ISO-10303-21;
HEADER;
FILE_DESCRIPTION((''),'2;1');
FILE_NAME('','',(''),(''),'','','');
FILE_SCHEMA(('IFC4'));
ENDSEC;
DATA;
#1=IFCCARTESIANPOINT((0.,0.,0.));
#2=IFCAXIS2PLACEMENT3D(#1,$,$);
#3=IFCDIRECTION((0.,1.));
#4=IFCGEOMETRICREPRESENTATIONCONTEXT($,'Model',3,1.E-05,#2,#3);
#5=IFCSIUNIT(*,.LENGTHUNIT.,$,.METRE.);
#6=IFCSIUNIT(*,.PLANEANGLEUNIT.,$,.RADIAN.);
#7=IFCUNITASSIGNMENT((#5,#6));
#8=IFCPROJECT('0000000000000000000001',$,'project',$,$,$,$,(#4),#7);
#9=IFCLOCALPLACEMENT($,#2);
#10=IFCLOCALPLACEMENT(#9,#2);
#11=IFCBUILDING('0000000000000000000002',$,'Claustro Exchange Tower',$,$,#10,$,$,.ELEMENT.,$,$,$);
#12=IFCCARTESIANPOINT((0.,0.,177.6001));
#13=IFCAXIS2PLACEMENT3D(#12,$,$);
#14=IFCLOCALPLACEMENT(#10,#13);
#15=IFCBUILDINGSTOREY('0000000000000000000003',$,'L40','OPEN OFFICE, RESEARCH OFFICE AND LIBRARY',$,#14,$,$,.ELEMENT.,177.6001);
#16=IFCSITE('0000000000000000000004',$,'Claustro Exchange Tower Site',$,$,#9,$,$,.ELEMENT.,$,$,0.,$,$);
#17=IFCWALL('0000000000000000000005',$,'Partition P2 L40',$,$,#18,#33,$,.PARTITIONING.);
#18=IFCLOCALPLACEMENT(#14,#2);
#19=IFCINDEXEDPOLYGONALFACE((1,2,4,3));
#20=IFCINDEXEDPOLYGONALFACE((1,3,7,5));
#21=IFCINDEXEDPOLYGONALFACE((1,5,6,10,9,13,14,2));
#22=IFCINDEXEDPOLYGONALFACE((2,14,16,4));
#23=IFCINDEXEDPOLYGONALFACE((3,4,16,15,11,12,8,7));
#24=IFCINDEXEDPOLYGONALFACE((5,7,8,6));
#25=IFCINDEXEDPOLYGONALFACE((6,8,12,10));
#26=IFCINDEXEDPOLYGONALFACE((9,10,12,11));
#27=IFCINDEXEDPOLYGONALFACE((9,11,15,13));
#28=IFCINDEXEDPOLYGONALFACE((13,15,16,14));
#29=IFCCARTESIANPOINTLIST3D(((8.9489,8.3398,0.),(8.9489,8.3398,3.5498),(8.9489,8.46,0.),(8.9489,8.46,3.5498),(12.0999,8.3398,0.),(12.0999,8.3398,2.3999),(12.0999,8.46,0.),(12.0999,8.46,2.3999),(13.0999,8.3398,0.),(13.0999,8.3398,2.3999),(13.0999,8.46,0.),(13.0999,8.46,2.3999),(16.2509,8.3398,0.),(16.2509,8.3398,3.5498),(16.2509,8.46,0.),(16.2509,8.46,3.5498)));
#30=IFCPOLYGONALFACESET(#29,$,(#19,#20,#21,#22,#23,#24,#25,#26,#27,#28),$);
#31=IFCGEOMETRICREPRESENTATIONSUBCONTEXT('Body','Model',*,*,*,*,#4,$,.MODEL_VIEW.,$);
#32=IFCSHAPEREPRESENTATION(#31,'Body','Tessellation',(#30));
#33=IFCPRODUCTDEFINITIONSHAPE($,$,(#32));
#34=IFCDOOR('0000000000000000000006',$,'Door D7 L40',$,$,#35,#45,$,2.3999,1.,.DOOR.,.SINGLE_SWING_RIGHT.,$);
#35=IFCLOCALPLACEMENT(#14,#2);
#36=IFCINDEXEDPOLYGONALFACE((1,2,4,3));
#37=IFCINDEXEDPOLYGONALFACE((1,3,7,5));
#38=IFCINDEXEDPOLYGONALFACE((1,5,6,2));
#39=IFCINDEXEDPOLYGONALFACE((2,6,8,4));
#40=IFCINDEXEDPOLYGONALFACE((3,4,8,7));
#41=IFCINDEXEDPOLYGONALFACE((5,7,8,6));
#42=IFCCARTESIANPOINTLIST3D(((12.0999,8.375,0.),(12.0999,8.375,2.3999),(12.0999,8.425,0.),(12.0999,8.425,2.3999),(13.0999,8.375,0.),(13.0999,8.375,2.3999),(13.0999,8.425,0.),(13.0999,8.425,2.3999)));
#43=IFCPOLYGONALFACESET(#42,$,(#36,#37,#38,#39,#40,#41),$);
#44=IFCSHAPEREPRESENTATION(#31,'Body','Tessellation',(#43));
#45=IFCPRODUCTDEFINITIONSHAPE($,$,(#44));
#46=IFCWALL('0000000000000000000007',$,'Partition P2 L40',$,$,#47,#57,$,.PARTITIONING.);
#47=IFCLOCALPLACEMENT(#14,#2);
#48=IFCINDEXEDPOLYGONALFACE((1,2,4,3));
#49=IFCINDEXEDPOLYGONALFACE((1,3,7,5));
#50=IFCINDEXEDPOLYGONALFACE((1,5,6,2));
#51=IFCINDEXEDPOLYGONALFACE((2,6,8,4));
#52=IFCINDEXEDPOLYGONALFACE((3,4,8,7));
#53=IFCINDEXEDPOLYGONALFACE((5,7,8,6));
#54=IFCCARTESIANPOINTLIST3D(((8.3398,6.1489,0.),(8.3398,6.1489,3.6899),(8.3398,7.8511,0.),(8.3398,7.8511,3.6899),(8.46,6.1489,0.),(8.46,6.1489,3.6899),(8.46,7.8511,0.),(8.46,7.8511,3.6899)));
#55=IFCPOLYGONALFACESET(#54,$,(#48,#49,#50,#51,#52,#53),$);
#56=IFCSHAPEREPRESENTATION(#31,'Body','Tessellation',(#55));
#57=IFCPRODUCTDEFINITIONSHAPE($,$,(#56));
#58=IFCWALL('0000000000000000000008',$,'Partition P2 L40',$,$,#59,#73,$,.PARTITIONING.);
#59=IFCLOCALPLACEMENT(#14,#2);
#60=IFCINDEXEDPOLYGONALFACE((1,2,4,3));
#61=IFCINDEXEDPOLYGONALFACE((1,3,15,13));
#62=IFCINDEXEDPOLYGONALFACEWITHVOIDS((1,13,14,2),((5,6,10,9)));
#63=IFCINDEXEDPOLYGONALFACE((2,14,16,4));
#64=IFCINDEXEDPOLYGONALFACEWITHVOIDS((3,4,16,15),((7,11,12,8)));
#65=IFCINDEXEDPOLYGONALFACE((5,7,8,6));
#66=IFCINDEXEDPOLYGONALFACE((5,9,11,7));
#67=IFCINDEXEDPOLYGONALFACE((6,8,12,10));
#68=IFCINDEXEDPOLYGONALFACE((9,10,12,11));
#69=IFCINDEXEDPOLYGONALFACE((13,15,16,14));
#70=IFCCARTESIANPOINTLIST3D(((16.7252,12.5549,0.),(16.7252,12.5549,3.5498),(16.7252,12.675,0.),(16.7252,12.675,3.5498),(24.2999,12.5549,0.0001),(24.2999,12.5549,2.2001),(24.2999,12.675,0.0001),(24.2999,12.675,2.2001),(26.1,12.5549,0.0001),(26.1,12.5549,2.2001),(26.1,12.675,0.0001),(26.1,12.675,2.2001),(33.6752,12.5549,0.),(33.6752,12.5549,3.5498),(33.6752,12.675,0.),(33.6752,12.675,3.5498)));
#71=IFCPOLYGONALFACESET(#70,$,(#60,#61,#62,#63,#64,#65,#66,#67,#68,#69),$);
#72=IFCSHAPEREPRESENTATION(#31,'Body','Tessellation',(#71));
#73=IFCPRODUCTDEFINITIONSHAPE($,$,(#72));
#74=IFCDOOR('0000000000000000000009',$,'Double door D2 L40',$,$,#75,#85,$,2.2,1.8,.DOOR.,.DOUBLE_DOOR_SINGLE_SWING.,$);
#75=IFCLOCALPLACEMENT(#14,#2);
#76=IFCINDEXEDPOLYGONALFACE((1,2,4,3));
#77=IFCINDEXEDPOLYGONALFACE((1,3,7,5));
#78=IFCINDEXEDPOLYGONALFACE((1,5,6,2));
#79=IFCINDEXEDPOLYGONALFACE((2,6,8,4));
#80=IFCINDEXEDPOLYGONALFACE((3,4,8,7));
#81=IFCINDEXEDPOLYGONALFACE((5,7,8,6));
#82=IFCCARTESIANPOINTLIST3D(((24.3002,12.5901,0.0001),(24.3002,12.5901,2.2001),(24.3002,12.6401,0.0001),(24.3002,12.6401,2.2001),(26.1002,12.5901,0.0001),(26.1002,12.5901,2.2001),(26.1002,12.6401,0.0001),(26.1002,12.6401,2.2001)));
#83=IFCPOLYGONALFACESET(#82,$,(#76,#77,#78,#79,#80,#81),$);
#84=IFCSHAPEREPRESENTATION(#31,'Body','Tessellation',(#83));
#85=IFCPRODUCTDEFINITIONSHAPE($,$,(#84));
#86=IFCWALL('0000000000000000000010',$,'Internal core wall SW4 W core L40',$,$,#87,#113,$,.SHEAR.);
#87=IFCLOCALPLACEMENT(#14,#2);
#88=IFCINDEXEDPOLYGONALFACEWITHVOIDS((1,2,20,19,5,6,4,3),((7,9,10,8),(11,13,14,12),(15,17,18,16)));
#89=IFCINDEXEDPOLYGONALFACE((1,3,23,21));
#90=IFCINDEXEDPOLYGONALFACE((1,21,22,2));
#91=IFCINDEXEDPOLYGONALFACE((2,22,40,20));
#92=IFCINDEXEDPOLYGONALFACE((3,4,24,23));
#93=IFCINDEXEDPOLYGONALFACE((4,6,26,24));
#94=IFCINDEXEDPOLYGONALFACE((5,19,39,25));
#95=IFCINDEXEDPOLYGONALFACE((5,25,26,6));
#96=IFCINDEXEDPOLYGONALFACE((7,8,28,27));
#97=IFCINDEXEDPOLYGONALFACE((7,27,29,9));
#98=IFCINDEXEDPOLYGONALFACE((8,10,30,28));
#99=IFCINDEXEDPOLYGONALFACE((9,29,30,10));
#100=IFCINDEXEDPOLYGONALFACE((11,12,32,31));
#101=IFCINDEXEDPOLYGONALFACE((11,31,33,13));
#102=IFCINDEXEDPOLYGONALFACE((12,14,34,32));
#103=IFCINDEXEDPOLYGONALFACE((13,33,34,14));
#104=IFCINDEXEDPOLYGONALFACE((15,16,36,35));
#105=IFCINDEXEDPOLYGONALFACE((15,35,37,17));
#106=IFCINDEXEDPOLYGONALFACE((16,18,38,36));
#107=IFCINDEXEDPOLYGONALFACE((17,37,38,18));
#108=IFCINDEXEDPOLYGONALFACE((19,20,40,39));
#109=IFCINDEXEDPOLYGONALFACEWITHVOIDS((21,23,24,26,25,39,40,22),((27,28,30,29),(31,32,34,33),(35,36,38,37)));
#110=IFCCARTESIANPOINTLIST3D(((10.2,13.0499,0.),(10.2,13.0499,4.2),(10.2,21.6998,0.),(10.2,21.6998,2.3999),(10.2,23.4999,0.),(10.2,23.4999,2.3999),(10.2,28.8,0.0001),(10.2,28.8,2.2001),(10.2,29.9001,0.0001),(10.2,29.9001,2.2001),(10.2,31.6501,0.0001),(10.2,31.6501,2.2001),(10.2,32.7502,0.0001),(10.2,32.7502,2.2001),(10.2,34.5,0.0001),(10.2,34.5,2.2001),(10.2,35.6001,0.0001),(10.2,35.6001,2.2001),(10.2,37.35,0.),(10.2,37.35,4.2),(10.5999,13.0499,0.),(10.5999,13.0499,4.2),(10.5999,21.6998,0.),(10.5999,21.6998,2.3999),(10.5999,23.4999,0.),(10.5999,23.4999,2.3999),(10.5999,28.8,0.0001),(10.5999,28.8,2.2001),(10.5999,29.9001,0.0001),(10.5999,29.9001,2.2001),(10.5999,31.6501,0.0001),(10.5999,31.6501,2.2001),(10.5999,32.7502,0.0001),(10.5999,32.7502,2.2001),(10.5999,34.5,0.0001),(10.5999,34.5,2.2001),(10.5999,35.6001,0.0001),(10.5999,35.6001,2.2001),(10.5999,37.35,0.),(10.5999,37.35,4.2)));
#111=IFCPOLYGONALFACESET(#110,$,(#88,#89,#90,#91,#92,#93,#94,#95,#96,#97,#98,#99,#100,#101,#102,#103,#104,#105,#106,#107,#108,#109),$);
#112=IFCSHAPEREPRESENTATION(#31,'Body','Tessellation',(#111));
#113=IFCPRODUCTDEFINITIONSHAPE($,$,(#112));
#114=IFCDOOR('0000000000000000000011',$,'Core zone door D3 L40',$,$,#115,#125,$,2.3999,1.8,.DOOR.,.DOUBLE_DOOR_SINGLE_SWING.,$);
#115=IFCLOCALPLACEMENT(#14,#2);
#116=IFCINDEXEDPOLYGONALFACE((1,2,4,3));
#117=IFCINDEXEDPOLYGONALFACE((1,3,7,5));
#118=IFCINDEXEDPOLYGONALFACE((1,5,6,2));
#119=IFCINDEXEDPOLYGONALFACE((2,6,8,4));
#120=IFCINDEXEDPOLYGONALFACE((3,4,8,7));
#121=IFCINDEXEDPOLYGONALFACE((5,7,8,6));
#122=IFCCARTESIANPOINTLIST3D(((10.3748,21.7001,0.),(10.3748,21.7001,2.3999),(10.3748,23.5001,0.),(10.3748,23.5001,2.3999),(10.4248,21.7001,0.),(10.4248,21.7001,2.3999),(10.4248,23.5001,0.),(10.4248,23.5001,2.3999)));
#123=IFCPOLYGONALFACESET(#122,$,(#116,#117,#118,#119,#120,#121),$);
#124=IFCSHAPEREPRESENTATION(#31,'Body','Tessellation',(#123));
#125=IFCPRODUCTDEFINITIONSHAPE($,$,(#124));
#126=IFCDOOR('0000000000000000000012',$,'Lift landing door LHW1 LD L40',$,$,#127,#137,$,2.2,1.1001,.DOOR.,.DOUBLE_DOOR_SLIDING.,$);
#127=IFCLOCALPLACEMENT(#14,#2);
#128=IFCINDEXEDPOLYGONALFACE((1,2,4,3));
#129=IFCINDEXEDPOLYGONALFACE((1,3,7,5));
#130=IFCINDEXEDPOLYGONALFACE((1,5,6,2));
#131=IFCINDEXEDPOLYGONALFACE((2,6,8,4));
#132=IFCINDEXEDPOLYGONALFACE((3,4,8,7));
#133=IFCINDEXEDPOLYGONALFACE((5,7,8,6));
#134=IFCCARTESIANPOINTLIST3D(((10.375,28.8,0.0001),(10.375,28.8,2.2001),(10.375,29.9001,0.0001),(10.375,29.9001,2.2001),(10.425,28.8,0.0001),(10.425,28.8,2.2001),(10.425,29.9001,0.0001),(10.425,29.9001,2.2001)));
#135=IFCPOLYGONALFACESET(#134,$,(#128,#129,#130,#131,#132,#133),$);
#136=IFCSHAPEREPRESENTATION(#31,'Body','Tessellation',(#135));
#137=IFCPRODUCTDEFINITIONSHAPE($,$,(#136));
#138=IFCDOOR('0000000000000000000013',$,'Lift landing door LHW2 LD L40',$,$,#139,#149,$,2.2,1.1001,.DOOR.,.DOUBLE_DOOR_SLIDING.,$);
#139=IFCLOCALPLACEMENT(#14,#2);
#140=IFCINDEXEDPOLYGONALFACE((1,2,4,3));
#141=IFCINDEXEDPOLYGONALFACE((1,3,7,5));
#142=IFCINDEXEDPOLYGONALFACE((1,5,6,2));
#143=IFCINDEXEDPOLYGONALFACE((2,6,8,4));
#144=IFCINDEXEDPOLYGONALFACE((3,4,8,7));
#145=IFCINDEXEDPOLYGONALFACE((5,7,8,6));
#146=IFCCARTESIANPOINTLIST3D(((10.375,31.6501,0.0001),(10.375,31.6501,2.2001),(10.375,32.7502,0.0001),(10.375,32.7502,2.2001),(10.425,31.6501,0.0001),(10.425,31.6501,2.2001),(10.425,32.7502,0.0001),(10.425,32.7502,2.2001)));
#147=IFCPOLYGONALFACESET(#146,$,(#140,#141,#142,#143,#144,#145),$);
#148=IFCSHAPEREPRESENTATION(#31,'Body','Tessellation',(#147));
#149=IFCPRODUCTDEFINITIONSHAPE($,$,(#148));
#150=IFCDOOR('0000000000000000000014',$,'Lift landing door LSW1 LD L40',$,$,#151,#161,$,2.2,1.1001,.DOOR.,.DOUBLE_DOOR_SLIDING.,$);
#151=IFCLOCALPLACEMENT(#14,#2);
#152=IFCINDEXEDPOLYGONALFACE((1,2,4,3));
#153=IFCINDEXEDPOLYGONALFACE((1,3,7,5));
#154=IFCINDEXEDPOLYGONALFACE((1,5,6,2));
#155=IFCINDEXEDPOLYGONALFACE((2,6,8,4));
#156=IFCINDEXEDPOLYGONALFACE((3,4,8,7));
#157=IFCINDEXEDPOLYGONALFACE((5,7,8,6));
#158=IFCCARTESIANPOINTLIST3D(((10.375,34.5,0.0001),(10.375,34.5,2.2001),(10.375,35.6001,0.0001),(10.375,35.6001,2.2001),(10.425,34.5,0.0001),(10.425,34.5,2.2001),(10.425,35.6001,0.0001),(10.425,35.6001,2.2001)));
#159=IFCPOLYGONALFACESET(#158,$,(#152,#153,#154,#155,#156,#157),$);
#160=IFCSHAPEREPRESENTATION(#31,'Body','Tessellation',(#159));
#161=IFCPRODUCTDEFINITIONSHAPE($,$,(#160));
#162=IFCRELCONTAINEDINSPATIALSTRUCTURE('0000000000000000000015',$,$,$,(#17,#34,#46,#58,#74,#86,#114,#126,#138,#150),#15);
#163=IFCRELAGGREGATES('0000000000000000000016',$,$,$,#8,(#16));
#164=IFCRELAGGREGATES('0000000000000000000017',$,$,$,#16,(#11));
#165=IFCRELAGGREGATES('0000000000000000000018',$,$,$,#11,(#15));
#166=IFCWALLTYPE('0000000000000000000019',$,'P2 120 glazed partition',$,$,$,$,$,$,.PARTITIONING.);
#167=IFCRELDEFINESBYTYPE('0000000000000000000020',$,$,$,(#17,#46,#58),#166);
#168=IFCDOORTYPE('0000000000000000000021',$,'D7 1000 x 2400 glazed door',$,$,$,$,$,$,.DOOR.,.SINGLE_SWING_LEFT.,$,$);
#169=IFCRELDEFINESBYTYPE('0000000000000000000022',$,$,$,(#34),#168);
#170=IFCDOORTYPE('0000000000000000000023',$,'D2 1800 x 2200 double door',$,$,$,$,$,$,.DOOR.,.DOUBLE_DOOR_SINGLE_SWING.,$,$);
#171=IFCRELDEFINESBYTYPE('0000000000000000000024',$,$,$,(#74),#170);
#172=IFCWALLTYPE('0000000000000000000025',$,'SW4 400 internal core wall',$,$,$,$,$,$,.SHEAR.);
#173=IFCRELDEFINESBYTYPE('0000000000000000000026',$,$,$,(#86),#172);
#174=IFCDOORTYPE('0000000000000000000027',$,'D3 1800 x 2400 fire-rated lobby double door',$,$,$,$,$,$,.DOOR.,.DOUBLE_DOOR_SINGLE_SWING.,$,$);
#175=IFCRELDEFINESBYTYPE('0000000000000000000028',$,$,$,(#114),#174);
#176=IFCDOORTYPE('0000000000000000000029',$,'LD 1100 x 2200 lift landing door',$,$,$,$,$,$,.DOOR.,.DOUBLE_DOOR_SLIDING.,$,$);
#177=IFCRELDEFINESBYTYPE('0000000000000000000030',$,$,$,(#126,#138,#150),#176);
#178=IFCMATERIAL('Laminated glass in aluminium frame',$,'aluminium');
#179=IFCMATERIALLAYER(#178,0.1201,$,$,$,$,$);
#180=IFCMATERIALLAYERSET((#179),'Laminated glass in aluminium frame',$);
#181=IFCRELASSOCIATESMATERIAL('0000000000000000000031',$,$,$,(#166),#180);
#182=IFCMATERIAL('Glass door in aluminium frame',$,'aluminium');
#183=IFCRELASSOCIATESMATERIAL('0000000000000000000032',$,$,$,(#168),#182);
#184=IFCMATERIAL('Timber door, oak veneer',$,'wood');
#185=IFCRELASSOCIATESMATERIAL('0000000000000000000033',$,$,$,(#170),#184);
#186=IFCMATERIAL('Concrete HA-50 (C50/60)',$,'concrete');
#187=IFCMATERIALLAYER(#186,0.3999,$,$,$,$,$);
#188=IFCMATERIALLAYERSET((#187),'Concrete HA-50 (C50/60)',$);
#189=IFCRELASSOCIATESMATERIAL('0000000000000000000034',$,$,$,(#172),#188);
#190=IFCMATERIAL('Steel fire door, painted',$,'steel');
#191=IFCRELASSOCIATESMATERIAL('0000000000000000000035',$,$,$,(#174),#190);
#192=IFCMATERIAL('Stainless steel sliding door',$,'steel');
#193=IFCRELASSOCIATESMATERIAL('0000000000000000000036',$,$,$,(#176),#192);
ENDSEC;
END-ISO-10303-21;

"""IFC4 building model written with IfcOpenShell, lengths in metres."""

from ifc_helpers import new_model, si_unit, direction, frame, frame_2d, origin, place, context, subcontext, project, spatial, rectangle, extrude, material, layer, layer_set, type_object, element, fill, save


model = new_model("IFC4")

# Units and contexts
model_context = context("Model", 3, precision=1e-05, world=origin(), true_north=direction((0.0, 1.0)))
body_context = subcontext(model_context, "Body", "Model", "MODEL_VIEW")
ifc_project = project(units=[si_unit("LENGTHUNIT", "METRE"), si_unit("PLANEANGLEUNIT", "RADIAN")], contexts=[model_context])

# Site, building, storey
site_placement = place(None, origin())
site = spatial("IfcSite", under=ifc_project, at=site_placement, Name="Claustro Exchange Tower Site", CompositionType="ELEMENT", RefElevation=0.0)
building_placement = place(site_placement, origin())
building = spatial("IfcBuilding", under=site, at=building_placement, Name="Claustro Exchange Tower", CompositionType="ELEMENT")
storey_placement = place(building_placement, frame((0.0, 0.0, 177.6001)))
storey = spatial("IfcBuildingStorey", under=building, at=storey_placement, Name="L40", Description="OPEN OFFICE, RESEARCH OFFICE AND LIBRARY", CompositionType="ELEMENT", Elevation=177.6001)

# Wall, opening, door
ifc_material_1 = material(Name="Laminated glass in aluminium frame", Category="aluminium")
ifc_layer_1 = layer(ifc_material_1, 0.1201)
ifc_layer_set_1 = layer_set([ifc_layer_1], Name="Laminated glass in aluminium frame")
wall_type_1 = type_object("IfcWallType", Name="P2 120 glazed partition", PredefinedType="PARTITIONING", material=ifc_layer_set_1)
wall_1_placement = place(storey_placement, frame((8.949, 8.3999, 0.0), z_axis=(0.0, 0.0, 1.0), x_axis=(1.0, 0.0, 0.0)))
wall_1 = element("IfcWall", 1, at=wall_1_placement, inside=storey, type_object=wall_type_1, Name="Partition P2 L40", PredefinedType="PARTITIONING", context=body_context, shape_type="SweptSolid", body=[
    extrude(rectangle(XDim=7.302, YDim=0.1201, at=frame_2d((3.6509, 0.0))), origin(), (0.0, 0.0, 1.0), 3.5498),
])
opening_1_placement = place(wall_1_placement, frame((3.1509, 0.0, 0.0)))
opening_1 = element("IfcOpeningElement", 2, at=opening_1_placement, cuts=wall_1, PredefinedType="OPENING", context=body_context, shape_type="SweptSolid", body=[
    extrude(rectangle(XDim=1.0, YDim=2.3999, at=frame_2d((0.5, 1.2))), frame((0.0, 0.0701, 0.0), z_axis=(0.0, -1.0, 0.0), x_axis=(1.0, 0.0, 0.0)), (0.0, 0.0, 1.0), 0.1401),
])
ifc_material_2 = material(Name="Glass door in aluminium frame", Category="aluminium")
door_type_1 = type_object("IfcDoorType", Name="D7 1000 x 2400 glazed door", OperationType="SINGLE_SWING_LEFT", PredefinedType="DOOR", material=ifc_material_2)
door_1_placement = place(opening_1_placement, frame((1.0, 0.0, 0.0), z_axis=(0.0, 0.0, 1.0), x_axis=(-1.0, 0.0, 0.0)))
door_1 = element("IfcDoor", 3, at=door_1_placement, inside=storey, type_object=door_type_1, Name="Door D7 L40", OperationType="SINGLE_SWING_RIGHT", OverallHeight=2.3999, OverallWidth=1.0, PredefinedType="DOOR", context=body_context, shape_type="SweptSolid", body=[
    extrude(rectangle(XDim=1.0, YDim=2.3999, at=frame_2d((0.5, 1.2))), frame((0.0, 0.0249, 0.0), z_axis=(0.0, -1.0, 0.0), x_axis=(1.0, 0.0, 0.0)), (0.0, 0.0, 1.0), 0.05),
])
fill(opening_1, door_1)

# Wall
wall_2_placement = place(storey_placement, frame((8.3999, 6.1489, 0.0), z_axis=(0.0, 0.0, 1.0), x_axis=(0.0, 1.0, 0.0)))
element("IfcWall", 4, at=wall_2_placement, inside=storey, type_object=wall_type_1, Name="Partition P2 L40", PredefinedType="PARTITIONING", context=body_context, shape_type="SweptSolid", body=[
    extrude(rectangle(XDim=1.7021, YDim=0.1201, at=frame_2d((0.8511, 0.0))), origin(), (0.0, 0.0, 1.0), 3.6899),
])

# Wall, opening, door
wall_3_placement = place(storey_placement, frame((16.7251, 12.615, 0.0), z_axis=(0.0, 0.0, 1.0), x_axis=(1.0, 0.0, 0.0)))
wall_3 = element("IfcWall", 5, at=wall_3_placement, inside=storey, type_object=wall_type_1, Name="Partition P2 L40", PredefinedType="PARTITIONING", context=body_context, shape_type="SweptSolid", body=[
    extrude(rectangle(XDim=16.95, YDim=0.1201, at=frame_2d((8.4751, 0.0))), origin(), (0.0, 0.0, 1.0), 3.5498),
])
opening_2_placement = place(wall_3_placement, frame((7.575, 0.0, 0.0)))
opening_2 = element("IfcOpeningElement", 6, at=opening_2_placement, cuts=wall_3, PredefinedType="OPENING", context=body_context, shape_type="SweptSolid", body=[
    extrude(rectangle(XDim=1.8, YDim=2.2, at=frame_2d((0.8999, 1.1001))), frame((0.0, 0.0701, 0.0), z_axis=(0.0, -1.0, 0.0), x_axis=(1.0, 0.0, 0.0)), (0.0, 0.0, 1.0), 0.1401),
])
ifc_material_3 = material(Name="Timber door, oak veneer", Category="wood")
door_type_2 = type_object("IfcDoorType", Name="D2 1800 x 2200 double door", OperationType="DOUBLE_DOOR_SINGLE_SWING", PredefinedType="DOOR", material=ifc_material_3)
door_2_placement = place(opening_2_placement, frame((1.8, 0.0, 0.0), z_axis=(0.0, 0.0, 1.0), x_axis=(-1.0, 0.0, 0.0)))
door_2 = element("IfcDoor", 7, at=door_2_placement, inside=storey, type_object=door_type_2, Name="Double door D2 L40", OperationType="DOUBLE_DOOR_SINGLE_SWING", OverallHeight=2.2, OverallWidth=1.8, PredefinedType="DOOR", context=body_context, shape_type="SweptSolid", body=[
    extrude(rectangle(XDim=1.8, YDim=2.2, at=frame_2d((0.8999, 1.1001))), frame((0.0, 0.0249, 0.0), z_axis=(0.0, -1.0, 0.0), x_axis=(1.0, 0.0, 0.0)), (0.0, 0.0, 1.0), 0.05),
])
fill(opening_2, door_2)

# Wall, openings, doors
ifc_material_4 = material(Name="Concrete HA-50 (C50/60)", Category="concrete")
ifc_layer_2 = layer(ifc_material_4, 0.3999)
ifc_layer_set_2 = layer_set([ifc_layer_2], Name="Concrete HA-50 (C50/60)")
wall_type_2 = type_object("IfcWallType", Name="SW4 400 internal core wall", PredefinedType="SHEAR", material=ifc_layer_set_2)
wall_4_placement = place(storey_placement, frame((10.3999, 13.05, 0.0), z_axis=(0.0, 0.0, 1.0), x_axis=(0.0, 1.0, 0.0)))
wall_4 = element("IfcWall", 8, at=wall_4_placement, inside=storey, type_object=wall_type_2, Name="Internal core wall SW4 W core L40", PredefinedType="SHEAR", context=body_context, shape_type="SweptSolid", body=[
    extrude(rectangle(XDim=24.3, YDim=0.3999, at=frame_2d((12.1499, 0.0))), origin(), (0.0, 0.0, 1.0), 4.2),
])
opening_3_placement = place(wall_4_placement, frame((15.75, 0.0, 0.0)))
opening_3 = element("IfcOpeningElement", 9, at=opening_3_placement, cuts=wall_4, PredefinedType="OPENING", context=body_context, shape_type="SweptSolid", body=[
    extrude(rectangle(XDim=1.1001, YDim=2.2, at=frame_2d((0.55, 1.1001))), frame((0.0, 0.21, 0.0), z_axis=(0.0, -1.0, 0.0), x_axis=(1.0, 0.0, 0.0)), (0.0, 0.0, 1.0), 0.4199),
])
opening_4_placement = place(wall_4_placement, frame((18.6001, 0.0, 0.0)))
opening_4 = element("IfcOpeningElement", 10, at=opening_4_placement, cuts=wall_4, PredefinedType="OPENING", context=body_context, shape_type="SweptSolid", body=[
    extrude(rectangle(XDim=1.1001, YDim=2.2, at=frame_2d((0.55, 1.1001))), frame((0.0, 0.21, 0.0), z_axis=(0.0, -1.0, 0.0), x_axis=(1.0, 0.0, 0.0)), (0.0, 0.0, 1.0), 0.4199),
])
opening_5_placement = place(wall_4_placement, frame((21.45, 0.0, 0.0)))
opening_5 = element("IfcOpeningElement", 11, at=opening_5_placement, cuts=wall_4, PredefinedType="OPENING", context=body_context, shape_type="SweptSolid", body=[
    extrude(rectangle(XDim=1.1001, YDim=2.2, at=frame_2d((0.55, 1.1001))), frame((0.0, 0.21, 0.0), z_axis=(0.0, -1.0, 0.0), x_axis=(1.0, 0.0, 0.0)), (0.0, 0.0, 1.0), 0.4199),
])
opening_6_placement = place(wall_4_placement, frame((8.6499, 0.0, 0.0)))
opening_6 = element("IfcOpeningElement", 12, at=opening_6_placement, cuts=wall_4, PredefinedType="OPENING", context=body_context, shape_type="SweptSolid", body=[
    extrude(rectangle(XDim=1.8, YDim=2.3999, at=frame_2d((0.8999, 1.2))), frame((0.0, 0.21, 0.0), z_axis=(0.0, -1.0, 0.0), x_axis=(1.0, 0.0, 0.0)), (0.0, 0.0, 1.0), 0.4199),
])
ifc_material_5 = material(Name="Steel fire door, painted", Category="steel")
door_type_3 = type_object("IfcDoorType", Name="D3 1800 x 2400 fire-rated lobby double door", OperationType="DOUBLE_DOOR_SINGLE_SWING", PredefinedType="DOOR", material=ifc_material_5)
door_3_placement = place(opening_6_placement, frame((1.8, 0.0, 0.0), z_axis=(0.0, 0.0, 1.0), x_axis=(-1.0, 0.0, 0.0)))
door_3 = element("IfcDoor", 13, at=door_3_placement, inside=storey, type_object=door_type_3, Name="Core zone door D3 L40", OperationType="DOUBLE_DOOR_SINGLE_SWING", OverallHeight=2.3999, OverallWidth=1.8, PredefinedType="DOOR", context=body_context, shape_type="SweptSolid", body=[
    extrude(rectangle(XDim=1.8, YDim=2.3999, at=frame_2d((0.8999, 1.2))), frame((0.0, 0.0249, 0.0), z_axis=(0.0, -1.0, 0.0), x_axis=(1.0, 0.0, 0.0)), (0.0, 0.0, 1.0), 0.05),
])
fill(opening_6, door_3)
ifc_material_6 = material(Name="Stainless steel sliding door", Category="steel")
door_type_4 = type_object("IfcDoorType", Name="LD 1100 x 2200 lift landing door", OperationType="DOUBLE_DOOR_SLIDING", PredefinedType="DOOR", material=ifc_material_6)
door_4_placement = place(opening_3_placement, origin())
door_4 = element("IfcDoor", 14, at=door_4_placement, inside=storey, type_object=door_type_4, Name="Lift landing door LHW1 LD L40", OperationType="DOUBLE_DOOR_SLIDING", OverallHeight=2.2, OverallWidth=1.1001, PredefinedType="DOOR", context=body_context, shape_type="SweptSolid", body=[
    extrude(rectangle(XDim=1.1001, YDim=2.2, at=frame_2d((0.55, 1.1001))), frame((0.0, 0.0249, 0.0), z_axis=(0.0, -1.0, 0.0), x_axis=(1.0, 0.0, 0.0)), (0.0, 0.0, 1.0), 0.05),
])
fill(opening_3, door_4)
door_5_placement = place(opening_4_placement, origin())
door_5 = element("IfcDoor", 15, at=door_5_placement, inside=storey, type_object=door_type_4, Name="Lift landing door LHW2 LD L40", OperationType="DOUBLE_DOOR_SLIDING", OverallHeight=2.2, OverallWidth=1.1001, PredefinedType="DOOR", context=body_context, shape_type="SweptSolid", body=[
    extrude(rectangle(XDim=1.1001, YDim=2.2, at=frame_2d((0.55, 1.1001))), frame((0.0, 0.0249, 0.0), z_axis=(0.0, -1.0, 0.0), x_axis=(1.0, 0.0, 0.0)), (0.0, 0.0, 1.0), 0.05),
])
fill(opening_4, door_5)
door_6_placement = place(opening_5_placement, origin())
door_6 = element("IfcDoor", 16, at=door_6_placement, inside=storey, type_object=door_type_4, Name="Lift landing door LSW1 LD L40", OperationType="DOUBLE_DOOR_SLIDING", OverallHeight=2.2, OverallWidth=1.1001, PredefinedType="DOOR", context=body_context, shape_type="SweptSolid", body=[
    extrude(rectangle(XDim=1.1001, YDim=2.2, at=frame_2d((0.55, 1.1001))), frame((0.0, 0.0249, 0.0), z_axis=(0.0, -1.0, 0.0), x_axis=(1.0, 0.0, 0.0)), (0.0, 0.0, 1.0), 0.05),
])
fill(opening_5, door_6)

save(model, "model.ifc")
